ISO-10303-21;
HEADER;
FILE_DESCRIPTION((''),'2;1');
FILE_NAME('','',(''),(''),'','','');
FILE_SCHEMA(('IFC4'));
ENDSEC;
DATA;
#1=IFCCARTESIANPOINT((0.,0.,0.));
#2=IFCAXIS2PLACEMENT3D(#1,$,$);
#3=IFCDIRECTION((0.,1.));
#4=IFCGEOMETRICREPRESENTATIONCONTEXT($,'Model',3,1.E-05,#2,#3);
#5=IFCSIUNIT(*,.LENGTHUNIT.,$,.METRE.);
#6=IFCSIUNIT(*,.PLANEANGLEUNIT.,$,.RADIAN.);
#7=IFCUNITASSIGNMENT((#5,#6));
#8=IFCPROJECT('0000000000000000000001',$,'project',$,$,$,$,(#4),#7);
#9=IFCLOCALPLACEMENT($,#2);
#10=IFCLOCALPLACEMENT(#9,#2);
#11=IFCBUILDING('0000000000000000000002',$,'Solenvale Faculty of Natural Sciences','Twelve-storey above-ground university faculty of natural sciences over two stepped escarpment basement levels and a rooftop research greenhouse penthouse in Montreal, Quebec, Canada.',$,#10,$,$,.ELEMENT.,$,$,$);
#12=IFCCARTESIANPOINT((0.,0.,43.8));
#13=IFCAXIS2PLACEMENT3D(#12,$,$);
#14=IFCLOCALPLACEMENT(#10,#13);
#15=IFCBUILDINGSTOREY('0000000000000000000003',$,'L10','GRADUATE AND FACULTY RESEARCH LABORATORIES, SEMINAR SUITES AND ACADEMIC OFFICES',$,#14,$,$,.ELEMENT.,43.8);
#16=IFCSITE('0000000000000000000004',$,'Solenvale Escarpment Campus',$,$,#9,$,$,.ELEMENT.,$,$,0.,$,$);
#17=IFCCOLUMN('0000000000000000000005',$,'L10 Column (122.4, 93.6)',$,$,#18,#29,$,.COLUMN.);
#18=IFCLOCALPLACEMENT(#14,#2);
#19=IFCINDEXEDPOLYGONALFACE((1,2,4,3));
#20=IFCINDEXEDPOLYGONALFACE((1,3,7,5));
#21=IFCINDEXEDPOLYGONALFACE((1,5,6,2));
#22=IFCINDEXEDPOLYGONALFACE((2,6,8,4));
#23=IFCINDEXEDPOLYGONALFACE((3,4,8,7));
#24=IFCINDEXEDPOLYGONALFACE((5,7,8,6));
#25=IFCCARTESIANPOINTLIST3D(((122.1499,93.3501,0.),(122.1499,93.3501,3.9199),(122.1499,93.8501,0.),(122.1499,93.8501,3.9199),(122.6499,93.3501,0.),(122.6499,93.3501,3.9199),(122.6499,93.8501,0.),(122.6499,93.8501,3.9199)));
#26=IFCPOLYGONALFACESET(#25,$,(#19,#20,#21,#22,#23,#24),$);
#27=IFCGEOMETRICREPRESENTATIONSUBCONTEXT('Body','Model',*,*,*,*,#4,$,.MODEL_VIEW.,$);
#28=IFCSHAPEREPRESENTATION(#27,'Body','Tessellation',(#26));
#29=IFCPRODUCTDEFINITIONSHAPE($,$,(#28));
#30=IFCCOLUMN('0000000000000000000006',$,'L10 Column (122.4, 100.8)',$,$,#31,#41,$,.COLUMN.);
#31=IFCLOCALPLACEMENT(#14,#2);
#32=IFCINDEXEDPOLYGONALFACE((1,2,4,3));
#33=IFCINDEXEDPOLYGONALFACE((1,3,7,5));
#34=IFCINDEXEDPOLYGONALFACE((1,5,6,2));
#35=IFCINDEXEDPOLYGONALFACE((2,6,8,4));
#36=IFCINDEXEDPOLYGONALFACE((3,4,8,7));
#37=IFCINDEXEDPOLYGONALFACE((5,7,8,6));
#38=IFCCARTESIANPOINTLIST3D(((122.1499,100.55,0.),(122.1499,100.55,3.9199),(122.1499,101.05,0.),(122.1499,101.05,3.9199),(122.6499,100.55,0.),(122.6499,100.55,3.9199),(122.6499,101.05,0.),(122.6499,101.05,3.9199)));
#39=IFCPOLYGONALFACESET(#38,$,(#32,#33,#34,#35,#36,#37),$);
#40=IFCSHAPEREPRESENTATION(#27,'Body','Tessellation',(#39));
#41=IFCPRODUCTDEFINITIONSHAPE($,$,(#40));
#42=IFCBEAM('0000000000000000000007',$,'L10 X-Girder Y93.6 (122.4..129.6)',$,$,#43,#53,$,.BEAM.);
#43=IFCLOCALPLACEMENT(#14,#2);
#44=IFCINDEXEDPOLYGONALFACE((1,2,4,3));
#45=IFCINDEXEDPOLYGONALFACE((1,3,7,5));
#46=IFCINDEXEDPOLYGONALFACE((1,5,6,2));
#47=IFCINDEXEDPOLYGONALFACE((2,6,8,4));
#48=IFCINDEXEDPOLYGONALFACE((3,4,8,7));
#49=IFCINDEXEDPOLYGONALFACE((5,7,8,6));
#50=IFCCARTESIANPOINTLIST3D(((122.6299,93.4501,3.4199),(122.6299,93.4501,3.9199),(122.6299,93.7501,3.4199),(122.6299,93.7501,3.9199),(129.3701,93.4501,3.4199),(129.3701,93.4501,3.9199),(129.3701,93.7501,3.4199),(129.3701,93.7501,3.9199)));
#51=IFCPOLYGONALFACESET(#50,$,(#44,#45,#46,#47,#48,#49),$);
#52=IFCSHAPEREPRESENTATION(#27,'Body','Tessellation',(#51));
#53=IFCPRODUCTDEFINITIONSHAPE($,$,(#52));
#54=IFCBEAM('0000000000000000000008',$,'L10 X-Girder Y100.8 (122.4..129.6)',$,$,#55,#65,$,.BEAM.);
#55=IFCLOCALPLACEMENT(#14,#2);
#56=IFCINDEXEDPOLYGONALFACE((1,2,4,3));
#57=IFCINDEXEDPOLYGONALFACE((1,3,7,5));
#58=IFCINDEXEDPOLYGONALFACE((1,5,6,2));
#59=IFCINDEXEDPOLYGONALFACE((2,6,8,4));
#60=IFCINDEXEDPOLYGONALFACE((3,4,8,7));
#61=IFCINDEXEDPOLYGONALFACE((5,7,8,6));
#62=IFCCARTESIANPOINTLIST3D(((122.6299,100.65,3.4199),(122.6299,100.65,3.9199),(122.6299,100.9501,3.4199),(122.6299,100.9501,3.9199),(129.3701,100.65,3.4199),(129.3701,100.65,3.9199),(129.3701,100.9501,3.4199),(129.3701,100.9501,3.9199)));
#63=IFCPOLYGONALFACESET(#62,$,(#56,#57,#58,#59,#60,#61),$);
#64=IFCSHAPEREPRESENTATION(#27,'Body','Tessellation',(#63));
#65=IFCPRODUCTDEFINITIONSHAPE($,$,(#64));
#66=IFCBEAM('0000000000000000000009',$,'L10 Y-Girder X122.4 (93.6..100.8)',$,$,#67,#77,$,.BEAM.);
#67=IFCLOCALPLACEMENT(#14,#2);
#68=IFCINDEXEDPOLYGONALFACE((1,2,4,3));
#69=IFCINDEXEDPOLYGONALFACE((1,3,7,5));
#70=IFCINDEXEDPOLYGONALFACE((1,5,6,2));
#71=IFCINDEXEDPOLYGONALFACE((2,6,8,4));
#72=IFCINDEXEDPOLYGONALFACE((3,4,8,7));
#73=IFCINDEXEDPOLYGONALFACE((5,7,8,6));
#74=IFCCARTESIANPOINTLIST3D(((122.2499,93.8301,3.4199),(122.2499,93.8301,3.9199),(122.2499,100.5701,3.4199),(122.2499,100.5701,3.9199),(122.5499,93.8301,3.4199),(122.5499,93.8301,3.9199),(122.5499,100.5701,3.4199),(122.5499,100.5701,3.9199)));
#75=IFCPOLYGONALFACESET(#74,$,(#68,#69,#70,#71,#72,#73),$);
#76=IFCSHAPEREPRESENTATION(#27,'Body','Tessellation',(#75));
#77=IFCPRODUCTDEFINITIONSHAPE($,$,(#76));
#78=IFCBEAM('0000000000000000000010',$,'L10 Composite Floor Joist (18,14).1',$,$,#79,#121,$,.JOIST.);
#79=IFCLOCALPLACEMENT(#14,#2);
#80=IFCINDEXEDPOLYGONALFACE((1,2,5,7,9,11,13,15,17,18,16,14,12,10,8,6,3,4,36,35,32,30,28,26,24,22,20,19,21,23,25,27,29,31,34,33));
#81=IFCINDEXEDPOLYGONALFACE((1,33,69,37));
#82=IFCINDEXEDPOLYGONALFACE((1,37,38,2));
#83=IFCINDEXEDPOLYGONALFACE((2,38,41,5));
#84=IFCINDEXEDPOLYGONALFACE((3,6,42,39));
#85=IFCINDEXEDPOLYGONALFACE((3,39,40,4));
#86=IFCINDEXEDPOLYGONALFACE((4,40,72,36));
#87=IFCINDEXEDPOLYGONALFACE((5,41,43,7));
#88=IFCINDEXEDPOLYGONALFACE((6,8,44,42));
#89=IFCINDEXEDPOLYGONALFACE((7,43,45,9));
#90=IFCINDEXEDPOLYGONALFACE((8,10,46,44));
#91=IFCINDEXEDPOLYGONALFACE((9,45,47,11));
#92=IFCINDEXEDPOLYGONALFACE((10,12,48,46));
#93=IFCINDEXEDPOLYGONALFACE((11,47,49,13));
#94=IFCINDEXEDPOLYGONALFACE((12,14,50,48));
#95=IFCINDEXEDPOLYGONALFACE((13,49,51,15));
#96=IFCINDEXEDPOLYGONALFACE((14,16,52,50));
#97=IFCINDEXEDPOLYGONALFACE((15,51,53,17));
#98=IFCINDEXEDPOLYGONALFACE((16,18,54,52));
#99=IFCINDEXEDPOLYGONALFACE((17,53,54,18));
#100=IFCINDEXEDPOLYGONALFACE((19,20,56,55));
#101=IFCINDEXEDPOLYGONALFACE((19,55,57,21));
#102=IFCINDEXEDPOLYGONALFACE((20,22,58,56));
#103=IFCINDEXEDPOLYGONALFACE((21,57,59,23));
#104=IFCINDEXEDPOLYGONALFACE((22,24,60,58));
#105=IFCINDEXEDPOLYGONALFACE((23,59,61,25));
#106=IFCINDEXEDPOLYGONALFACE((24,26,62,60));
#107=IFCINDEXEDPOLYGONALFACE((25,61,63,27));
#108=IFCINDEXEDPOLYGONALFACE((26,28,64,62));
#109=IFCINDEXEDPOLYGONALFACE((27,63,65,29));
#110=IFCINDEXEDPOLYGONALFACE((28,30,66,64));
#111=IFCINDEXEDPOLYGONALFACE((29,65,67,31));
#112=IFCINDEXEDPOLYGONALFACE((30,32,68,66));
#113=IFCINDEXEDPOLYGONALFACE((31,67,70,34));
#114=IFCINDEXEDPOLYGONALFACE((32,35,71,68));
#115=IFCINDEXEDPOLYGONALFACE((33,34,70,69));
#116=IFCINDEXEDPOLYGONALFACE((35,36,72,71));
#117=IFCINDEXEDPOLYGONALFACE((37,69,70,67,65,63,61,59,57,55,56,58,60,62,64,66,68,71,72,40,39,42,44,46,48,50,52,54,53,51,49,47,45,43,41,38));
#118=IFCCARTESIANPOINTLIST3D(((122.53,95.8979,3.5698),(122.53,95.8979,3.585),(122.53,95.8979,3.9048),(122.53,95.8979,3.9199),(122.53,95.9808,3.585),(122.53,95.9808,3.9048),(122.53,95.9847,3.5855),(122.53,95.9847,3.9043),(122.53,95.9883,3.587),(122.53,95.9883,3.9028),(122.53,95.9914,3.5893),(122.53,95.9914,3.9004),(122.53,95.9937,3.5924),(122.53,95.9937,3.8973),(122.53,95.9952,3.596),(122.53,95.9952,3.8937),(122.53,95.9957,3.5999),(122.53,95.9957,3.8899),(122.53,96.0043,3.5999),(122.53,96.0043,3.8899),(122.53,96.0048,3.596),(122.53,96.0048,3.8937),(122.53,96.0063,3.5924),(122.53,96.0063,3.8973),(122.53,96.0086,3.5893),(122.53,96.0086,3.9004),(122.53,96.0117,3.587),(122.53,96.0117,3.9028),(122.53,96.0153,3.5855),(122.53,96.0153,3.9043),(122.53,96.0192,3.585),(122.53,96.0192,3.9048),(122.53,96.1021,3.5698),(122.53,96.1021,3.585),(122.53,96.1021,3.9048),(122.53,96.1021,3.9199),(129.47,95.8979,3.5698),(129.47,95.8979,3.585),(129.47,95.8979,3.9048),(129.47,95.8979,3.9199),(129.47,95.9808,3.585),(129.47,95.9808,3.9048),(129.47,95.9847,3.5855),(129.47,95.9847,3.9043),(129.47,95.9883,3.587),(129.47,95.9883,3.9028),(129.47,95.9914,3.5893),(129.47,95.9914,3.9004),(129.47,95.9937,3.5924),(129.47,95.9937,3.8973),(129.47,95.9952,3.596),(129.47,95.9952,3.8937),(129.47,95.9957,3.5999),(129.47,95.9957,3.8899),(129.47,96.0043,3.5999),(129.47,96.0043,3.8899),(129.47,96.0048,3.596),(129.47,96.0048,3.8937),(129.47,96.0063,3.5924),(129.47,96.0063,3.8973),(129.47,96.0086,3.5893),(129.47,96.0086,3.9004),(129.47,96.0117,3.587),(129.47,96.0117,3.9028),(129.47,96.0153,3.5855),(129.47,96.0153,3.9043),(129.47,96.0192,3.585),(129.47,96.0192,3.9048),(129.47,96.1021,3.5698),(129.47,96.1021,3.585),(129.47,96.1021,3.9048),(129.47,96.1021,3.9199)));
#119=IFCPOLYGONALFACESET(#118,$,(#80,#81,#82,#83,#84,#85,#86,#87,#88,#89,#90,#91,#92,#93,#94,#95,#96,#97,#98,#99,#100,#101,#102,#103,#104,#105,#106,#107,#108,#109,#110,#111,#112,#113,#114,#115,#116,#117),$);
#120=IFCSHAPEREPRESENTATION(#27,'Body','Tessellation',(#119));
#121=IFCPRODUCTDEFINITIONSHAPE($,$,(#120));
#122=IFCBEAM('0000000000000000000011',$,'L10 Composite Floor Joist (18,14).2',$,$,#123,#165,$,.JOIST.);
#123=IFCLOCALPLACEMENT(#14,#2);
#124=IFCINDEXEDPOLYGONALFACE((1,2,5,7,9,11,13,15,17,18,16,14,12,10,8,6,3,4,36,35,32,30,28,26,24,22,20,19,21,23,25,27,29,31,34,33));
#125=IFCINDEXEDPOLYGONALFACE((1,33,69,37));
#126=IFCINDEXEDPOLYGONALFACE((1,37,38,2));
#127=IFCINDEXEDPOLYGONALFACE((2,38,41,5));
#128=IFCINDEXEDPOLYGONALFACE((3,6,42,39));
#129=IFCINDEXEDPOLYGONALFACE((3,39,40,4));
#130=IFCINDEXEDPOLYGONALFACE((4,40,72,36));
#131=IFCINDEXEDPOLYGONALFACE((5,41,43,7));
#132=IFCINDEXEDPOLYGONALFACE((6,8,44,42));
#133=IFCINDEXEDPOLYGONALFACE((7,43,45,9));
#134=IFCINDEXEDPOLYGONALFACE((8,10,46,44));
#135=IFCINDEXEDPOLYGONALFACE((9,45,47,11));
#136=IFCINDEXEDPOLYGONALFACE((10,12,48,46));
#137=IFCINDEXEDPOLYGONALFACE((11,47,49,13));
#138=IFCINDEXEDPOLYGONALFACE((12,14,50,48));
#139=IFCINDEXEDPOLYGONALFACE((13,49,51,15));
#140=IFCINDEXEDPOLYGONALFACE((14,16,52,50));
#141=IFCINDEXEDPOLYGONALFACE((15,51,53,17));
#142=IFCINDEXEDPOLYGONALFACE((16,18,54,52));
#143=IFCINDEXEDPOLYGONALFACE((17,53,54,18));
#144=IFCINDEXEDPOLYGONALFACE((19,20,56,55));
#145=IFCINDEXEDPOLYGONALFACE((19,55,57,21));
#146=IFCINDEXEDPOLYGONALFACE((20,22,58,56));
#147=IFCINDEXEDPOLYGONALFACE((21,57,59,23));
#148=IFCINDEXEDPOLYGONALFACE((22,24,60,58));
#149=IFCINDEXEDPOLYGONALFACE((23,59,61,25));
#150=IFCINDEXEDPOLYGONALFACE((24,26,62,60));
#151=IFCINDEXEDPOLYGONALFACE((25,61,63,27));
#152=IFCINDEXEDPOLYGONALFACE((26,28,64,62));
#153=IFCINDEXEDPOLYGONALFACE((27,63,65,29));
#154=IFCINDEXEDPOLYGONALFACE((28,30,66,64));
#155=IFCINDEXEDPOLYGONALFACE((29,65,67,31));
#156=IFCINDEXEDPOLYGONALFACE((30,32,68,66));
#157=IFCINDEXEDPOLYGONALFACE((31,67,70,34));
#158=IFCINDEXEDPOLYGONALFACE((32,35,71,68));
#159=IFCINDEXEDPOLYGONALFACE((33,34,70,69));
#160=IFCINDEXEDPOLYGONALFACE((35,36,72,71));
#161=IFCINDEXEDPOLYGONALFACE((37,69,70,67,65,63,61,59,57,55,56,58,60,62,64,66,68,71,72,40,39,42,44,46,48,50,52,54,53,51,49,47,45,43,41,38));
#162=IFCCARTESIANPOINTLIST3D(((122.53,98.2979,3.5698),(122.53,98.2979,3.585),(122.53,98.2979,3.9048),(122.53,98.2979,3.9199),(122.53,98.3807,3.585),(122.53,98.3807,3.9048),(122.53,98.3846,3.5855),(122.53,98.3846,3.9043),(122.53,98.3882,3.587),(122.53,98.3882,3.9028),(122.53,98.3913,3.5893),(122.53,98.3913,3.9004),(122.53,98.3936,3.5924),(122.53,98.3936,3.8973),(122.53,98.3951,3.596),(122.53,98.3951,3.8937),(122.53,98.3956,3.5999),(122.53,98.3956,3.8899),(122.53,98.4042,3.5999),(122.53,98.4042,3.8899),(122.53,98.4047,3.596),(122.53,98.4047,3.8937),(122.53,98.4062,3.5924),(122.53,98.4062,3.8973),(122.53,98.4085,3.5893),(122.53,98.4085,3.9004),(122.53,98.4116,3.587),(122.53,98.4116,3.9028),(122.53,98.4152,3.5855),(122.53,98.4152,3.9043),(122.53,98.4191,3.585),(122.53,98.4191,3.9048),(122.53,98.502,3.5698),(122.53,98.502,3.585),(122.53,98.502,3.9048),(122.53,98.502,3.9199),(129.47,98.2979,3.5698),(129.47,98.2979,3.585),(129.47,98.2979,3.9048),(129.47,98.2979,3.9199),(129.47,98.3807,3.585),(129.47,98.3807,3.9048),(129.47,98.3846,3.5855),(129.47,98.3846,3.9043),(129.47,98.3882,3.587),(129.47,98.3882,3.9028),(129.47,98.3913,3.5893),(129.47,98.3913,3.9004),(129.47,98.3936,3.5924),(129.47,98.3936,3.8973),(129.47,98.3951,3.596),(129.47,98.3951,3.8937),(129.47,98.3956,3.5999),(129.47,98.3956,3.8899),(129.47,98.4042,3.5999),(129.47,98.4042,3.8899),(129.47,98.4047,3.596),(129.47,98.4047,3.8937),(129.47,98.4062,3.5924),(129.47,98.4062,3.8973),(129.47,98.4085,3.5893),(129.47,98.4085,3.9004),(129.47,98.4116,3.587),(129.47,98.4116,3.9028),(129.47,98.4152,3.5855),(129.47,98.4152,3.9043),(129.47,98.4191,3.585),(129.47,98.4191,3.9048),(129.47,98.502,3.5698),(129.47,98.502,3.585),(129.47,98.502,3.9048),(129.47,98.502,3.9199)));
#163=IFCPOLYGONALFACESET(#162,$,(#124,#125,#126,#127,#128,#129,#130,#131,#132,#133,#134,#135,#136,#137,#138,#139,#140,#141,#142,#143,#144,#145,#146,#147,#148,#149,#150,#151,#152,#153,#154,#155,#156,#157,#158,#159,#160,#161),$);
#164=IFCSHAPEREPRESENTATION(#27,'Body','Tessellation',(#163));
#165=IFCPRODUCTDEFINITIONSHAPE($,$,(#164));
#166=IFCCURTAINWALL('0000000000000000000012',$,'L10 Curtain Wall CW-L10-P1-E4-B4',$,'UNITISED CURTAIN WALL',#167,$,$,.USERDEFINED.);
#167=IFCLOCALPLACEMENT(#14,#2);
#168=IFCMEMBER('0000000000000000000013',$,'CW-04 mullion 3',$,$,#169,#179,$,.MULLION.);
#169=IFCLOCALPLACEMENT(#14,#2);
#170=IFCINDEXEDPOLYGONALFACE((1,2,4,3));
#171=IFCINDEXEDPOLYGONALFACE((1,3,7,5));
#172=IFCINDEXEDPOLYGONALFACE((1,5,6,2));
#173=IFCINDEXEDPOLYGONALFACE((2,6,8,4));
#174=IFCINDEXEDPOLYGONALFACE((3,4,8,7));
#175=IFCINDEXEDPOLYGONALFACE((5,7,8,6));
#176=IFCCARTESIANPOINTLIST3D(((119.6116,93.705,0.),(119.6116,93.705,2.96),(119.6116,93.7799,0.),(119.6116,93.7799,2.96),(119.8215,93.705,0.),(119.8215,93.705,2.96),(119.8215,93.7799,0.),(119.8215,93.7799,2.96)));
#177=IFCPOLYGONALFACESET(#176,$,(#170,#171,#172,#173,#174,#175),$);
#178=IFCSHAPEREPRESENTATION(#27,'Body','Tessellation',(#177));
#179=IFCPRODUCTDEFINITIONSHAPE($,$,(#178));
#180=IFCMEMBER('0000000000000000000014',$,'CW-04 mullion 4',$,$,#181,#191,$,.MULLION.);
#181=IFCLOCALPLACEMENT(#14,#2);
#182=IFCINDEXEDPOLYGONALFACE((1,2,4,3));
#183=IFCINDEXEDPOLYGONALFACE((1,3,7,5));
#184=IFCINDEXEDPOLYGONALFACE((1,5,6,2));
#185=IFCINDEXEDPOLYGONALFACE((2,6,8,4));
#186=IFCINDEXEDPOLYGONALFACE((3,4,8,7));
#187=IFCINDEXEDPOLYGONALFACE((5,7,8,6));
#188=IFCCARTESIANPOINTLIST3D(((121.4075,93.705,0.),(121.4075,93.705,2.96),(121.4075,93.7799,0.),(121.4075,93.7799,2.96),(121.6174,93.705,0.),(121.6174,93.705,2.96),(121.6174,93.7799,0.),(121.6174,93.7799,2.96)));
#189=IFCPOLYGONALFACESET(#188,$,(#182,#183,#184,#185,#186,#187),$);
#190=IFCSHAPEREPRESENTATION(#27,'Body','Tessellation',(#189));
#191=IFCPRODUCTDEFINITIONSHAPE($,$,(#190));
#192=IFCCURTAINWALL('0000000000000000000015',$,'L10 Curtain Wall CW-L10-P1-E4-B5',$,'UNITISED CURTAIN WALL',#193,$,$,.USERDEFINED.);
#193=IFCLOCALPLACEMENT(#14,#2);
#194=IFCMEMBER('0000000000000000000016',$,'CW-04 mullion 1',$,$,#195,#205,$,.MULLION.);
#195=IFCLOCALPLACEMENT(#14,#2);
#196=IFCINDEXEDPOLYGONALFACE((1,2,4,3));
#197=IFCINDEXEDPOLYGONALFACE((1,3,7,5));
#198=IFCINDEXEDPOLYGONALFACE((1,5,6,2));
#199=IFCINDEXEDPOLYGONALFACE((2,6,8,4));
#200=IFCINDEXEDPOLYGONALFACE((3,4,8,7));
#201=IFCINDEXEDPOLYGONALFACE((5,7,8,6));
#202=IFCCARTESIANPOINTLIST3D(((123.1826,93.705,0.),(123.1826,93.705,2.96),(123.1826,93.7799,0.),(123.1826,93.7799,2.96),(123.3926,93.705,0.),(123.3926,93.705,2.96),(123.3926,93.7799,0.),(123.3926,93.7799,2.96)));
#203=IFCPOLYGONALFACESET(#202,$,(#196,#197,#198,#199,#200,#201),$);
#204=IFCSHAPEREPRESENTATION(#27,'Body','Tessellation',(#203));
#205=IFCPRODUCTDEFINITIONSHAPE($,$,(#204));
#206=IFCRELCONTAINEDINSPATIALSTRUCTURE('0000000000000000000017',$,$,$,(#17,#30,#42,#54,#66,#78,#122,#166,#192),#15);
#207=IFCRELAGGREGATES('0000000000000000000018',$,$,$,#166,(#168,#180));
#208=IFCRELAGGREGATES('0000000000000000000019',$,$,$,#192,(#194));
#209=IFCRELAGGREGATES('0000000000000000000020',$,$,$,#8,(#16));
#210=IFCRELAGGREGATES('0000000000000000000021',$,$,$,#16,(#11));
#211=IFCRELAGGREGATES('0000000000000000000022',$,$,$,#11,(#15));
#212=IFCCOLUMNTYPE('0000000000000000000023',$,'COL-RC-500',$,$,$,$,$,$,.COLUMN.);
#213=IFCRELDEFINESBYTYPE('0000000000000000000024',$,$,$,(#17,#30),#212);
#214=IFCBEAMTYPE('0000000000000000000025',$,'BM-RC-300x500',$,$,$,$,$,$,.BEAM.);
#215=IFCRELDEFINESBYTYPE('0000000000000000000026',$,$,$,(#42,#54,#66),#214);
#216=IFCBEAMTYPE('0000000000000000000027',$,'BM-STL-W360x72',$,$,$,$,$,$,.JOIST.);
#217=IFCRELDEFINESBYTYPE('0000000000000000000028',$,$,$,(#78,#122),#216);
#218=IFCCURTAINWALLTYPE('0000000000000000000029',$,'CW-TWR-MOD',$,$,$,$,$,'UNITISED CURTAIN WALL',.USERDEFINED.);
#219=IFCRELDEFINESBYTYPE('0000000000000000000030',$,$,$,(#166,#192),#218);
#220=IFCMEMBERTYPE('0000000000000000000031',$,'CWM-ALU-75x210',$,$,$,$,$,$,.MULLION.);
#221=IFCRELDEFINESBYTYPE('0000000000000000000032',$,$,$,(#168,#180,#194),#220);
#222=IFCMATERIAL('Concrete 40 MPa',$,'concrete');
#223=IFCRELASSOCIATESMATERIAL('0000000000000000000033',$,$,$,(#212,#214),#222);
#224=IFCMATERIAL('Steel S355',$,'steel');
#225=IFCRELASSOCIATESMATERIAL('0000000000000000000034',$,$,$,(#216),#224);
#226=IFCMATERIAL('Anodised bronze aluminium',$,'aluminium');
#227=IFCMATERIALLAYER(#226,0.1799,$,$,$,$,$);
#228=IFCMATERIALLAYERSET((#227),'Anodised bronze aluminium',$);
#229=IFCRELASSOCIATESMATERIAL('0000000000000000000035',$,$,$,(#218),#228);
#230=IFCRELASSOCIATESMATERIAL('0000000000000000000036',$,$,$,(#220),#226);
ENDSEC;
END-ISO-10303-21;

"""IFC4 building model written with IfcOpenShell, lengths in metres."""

from ifc_helpers import new_model, si_unit, direction, frame, origin, origin_2d, place, context, subcontext, project, spatial, rectangle, i_section, extrude, material, layer, layer_set, material_profile, profile_set, type_object, element, aggregate, save


model = new_model("IFC4")

# Units and contexts
model_context = context("Model", 3, precision=1e-05, world=origin(), true_north=direction((0.0, 1.0)))
body_context = subcontext(model_context, "Body", "Model", "MODEL_VIEW")
ifc_project = project(units=[si_unit("LENGTHUNIT", "METRE"), si_unit("PLANEANGLEUNIT", "RADIAN")], contexts=[model_context])

# Site, building, storey
site_placement = place(None, origin())
site = spatial("IfcSite", under=ifc_project, at=site_placement, Name="Solenvale Escarpment Campus", CompositionType="ELEMENT", RefElevation=0.0)
building_placement = place(site_placement, origin())
building = spatial("IfcBuilding", under=site, at=building_placement, Name="Solenvale Faculty of Natural Sciences", Description="Twelve-storey above-ground university faculty of natural sciences over two stepped escarpment basement levels and a rooftop research greenhouse penthouse in Montreal, Quebec, Canada.", CompositionType="ELEMENT")
storey_placement = place(building_placement, frame((0.0, 0.0, 43.8)))
storey = spatial("IfcBuildingStorey", under=building, at=storey_placement, Name="L10", Description="GRADUATE AND FACULTY RESEARCH LABORATORIES, SEMINAR SUITES AND ACADEMIC OFFICES", CompositionType="ELEMENT", Elevation=43.8)

# Columns
ifc_material_1 = material(Name="Concrete 40 MPa", Category="concrete")
ifc_material_profile_1 = material_profile(ifc_material_1, rectangle(XDim=0.5, YDim=0.5, at=origin_2d()), Name="RC-COL-500x500")
ifc_profile_set_1 = profile_set([ifc_material_profile_1], Name="Concrete 40 MPa")
column_type = type_object("IfcColumnType", Name="COL-RC-500", PredefinedType="COLUMN", material=ifc_profile_set_1)
for number, where, z_axis, x_axis, name in (
    (1, (122.3999, 93.6001, 0.0), (0.0, 0.0, 1.0), (1.0, 0.0, 0.0), "L10 Column (122.4, 93.6)"),
    (2, (122.3999, 100.8, 0.0), (0.0, 0.0, 1.0), (1.0, 0.0, 0.0), "L10 Column (122.4, 100.8)"),
):
    element("IfcColumn", number, at=place(storey_placement, frame(where, z_axis=z_axis, x_axis=x_axis)), inside=storey, type_object=column_type, Name=name, PredefinedType="COLUMN", context=body_context, shape_type="SweptSolid", body=[
        extrude(rectangle(XDim=0.5, YDim=0.5, at=origin_2d()), origin(), (0.0, 0.0, 1.0), 3.9199),
    ])

# Beams
ifc_material_profile_2 = material_profile(ifc_material_1, rectangle(XDim=0.3, YDim=0.5, at=origin_2d()), Name="RC-BM-300x500")
ifc_profile_set_2 = profile_set([ifc_material_profile_2], Name="Concrete 40 MPa")
beam_type_1 = type_object("IfcBeamType", Name="BM-RC-300x500", PredefinedType="BEAM", material=ifc_profile_set_2)
for number, where, z_axis, x_axis, name in (
    (3, (122.6299, 93.6001, 3.6699), (1.0, 0.0, 0.0), (0.0, 1.0, 0.0), "L10 X-Girder Y93.6 (122.4..129.6)"),
    (4, (122.6299, 100.8, 3.6699), (1.0, 0.0, 0.0), (0.0, 1.0, 0.0), "L10 X-Girder Y100.8 (122.4..129.6)"),
):
    element("IfcBeam", number, at=place(storey_placement, frame(where, z_axis=z_axis, x_axis=x_axis)), inside=storey, type_object=beam_type_1, Name=name, PredefinedType="BEAM", context=body_context, shape_type="SweptSolid", body=[
        extrude(rectangle(XDim=0.3, YDim=0.5, at=origin_2d()), origin(), (0.0, 0.0, 1.0), 6.7402),
    ])
beam_placement = place(storey_placement, frame((122.3999, 93.8301, 3.6699), z_axis=(0.0, 1.0, 0.0), x_axis=(-1.0, 0.0, 0.0)))
element("IfcBeam", 5, at=beam_placement, inside=storey, type_object=beam_type_1, Name="L10 Y-Girder X122.4 (93.6..100.8)", PredefinedType="BEAM", context=body_context, shape_type="SweptSolid", body=[
    extrude(rectangle(XDim=0.3, YDim=0.5, at=origin_2d()), origin(), (0.0, 0.0, 1.0), 6.74),
])
ifc_material_2 = material(Name="Steel S355", Category="steel")
ifc_material_profile_3 = material_profile(ifc_material_2, i_section(OverallWidth=0.2041, OverallDepth=0.3501, WebThickness=0.0085, FlangeThickness=0.0151, FilletRadius=0.0149, at=origin_2d()), Name="W360x72")
ifc_profile_set_3 = profile_set([ifc_material_profile_3], Name="Steel S355")
beam_type_2 = type_object("IfcBeamType", Name="BM-STL-W360x72", PredefinedType="JOIST", material=ifc_profile_set_3)
for number, where, z_axis, x_axis, name in (
    (6, (122.53, 96.0, 3.7449), (1.0, 0.0, 0.0), (0.0, 1.0, 0.0), "L10 Composite Floor Joist (18,14).1"),
    (7, (122.53, 98.3999, 3.7449), (1.0, 0.0, 0.0), (0.0, 1.0, 0.0), "L10 Composite Floor Joist (18,14).2"),
):
    element("IfcBeam", number, at=place(storey_placement, frame(where, z_axis=z_axis, x_axis=x_axis)), inside=storey, type_object=beam_type_2, Name=name, PredefinedType="JOIST", context=body_context, shape_type="SweptSolid", body=[
        extrude(i_section(OverallWidth=0.2041, OverallDepth=0.3501, WebThickness=0.0085, FlangeThickness=0.0151, FilletRadius=0.0149, at=origin_2d()), origin(), (0.0, 0.0, 1.0), 6.9399),
    ])

# Curtain wall, members
ifc_material_3 = material(Name="Anodised bronze aluminium", Category="aluminium")
ifc_layer_1 = layer(ifc_material_3, 0.1799)
ifc_layer_set_1 = layer_set([ifc_layer_1], Name="Anodised bronze aluminium")
curtain_wall_type = type_object("IfcCurtainWallType", Name="CW-TWR-MOD", ElementType="UNITISED CURTAIN WALL", PredefinedType="USERDEFINED", material=ifc_layer_set_1)
curtain_wall_1_placement = place(storey_placement, origin())
curtain_wall_1 = element("IfcCurtainWall", 8, at=curtain_wall_1_placement, inside=storey, type_object=curtain_wall_type, Name="L10 Curtain Wall CW-L10-P1-E4-B4", ObjectType="UNITISED CURTAIN WALL", PredefinedType="USERDEFINED")
ifc_material_profile_4 = material_profile(ifc_material_3, rectangle(XDim=0.075, YDim=0.21, at=origin_2d()), Name="ALU-MUL-75x210")
ifc_profile_set_4 = profile_set([ifc_material_profile_4], Name="Anodised bronze aluminium")
member_type_1 = type_object("IfcMemberType", Name="CWM-ALU-75x210", PredefinedType="MULLION", material=ifc_profile_set_4)
member_1_placement = place(storey_placement, frame((119.7166, 93.7424, 0.0), z_axis=(0.0, 0.0, 1.0), x_axis=(0.0, 1.0, 0.0)))
member_1 = element("IfcMember", 9, at=member_1_placement, type_object=member_type_1, Name="CW-04 mullion 3", PredefinedType="MULLION", context=body_context, shape_type="SweptSolid", body=[
    extrude(rectangle(XDim=0.075, YDim=0.21, at=origin_2d()), origin(), (0.0, 0.0, 1.0), 2.96),
])
member_2_placement = place(storey_placement, frame((121.5125, 93.7424, 0.0), z_axis=(0.0, 0.0, 1.0), x_axis=(0.0, 1.0, 0.0)))
member_2 = element("IfcMember", 10, at=member_2_placement, type_object=member_type_1, Name="CW-04 mullion 4", PredefinedType="MULLION", context=body_context, shape_type="SweptSolid", body=[
    extrude(rectangle(XDim=0.075, YDim=0.21, at=origin_2d()), origin(), (0.0, 0.0, 1.0), 2.96),
])

# Curtain wall, member
curtain_wall_2_placement = place(storey_placement, origin())
curtain_wall_2 = element("IfcCurtainWall", 11, at=curtain_wall_2_placement, inside=storey, type_object=curtain_wall_type, Name="L10 Curtain Wall CW-L10-P1-E4-B5", ObjectType="UNITISED CURTAIN WALL", PredefinedType="USERDEFINED")
member_3_placement = place(storey_placement, frame((123.2876, 93.7424, 0.0), z_axis=(0.0, 0.0, 1.0), x_axis=(0.0, 1.0, 0.0)))
member_3 = element("IfcMember", 12, at=member_3_placement, type_object=member_type_1, Name="CW-04 mullion 1", PredefinedType="MULLION", context=body_context, shape_type="SweptSolid", body=[
    extrude(rectangle(XDim=0.075, YDim=0.21, at=origin_2d()), origin(), (0.0, 0.0, 1.0), 2.96),
])

aggregate(curtain_wall_1, [member_1, member_2])
aggregate(curtain_wall_2, [member_3])

save(model, "model.ifc")
